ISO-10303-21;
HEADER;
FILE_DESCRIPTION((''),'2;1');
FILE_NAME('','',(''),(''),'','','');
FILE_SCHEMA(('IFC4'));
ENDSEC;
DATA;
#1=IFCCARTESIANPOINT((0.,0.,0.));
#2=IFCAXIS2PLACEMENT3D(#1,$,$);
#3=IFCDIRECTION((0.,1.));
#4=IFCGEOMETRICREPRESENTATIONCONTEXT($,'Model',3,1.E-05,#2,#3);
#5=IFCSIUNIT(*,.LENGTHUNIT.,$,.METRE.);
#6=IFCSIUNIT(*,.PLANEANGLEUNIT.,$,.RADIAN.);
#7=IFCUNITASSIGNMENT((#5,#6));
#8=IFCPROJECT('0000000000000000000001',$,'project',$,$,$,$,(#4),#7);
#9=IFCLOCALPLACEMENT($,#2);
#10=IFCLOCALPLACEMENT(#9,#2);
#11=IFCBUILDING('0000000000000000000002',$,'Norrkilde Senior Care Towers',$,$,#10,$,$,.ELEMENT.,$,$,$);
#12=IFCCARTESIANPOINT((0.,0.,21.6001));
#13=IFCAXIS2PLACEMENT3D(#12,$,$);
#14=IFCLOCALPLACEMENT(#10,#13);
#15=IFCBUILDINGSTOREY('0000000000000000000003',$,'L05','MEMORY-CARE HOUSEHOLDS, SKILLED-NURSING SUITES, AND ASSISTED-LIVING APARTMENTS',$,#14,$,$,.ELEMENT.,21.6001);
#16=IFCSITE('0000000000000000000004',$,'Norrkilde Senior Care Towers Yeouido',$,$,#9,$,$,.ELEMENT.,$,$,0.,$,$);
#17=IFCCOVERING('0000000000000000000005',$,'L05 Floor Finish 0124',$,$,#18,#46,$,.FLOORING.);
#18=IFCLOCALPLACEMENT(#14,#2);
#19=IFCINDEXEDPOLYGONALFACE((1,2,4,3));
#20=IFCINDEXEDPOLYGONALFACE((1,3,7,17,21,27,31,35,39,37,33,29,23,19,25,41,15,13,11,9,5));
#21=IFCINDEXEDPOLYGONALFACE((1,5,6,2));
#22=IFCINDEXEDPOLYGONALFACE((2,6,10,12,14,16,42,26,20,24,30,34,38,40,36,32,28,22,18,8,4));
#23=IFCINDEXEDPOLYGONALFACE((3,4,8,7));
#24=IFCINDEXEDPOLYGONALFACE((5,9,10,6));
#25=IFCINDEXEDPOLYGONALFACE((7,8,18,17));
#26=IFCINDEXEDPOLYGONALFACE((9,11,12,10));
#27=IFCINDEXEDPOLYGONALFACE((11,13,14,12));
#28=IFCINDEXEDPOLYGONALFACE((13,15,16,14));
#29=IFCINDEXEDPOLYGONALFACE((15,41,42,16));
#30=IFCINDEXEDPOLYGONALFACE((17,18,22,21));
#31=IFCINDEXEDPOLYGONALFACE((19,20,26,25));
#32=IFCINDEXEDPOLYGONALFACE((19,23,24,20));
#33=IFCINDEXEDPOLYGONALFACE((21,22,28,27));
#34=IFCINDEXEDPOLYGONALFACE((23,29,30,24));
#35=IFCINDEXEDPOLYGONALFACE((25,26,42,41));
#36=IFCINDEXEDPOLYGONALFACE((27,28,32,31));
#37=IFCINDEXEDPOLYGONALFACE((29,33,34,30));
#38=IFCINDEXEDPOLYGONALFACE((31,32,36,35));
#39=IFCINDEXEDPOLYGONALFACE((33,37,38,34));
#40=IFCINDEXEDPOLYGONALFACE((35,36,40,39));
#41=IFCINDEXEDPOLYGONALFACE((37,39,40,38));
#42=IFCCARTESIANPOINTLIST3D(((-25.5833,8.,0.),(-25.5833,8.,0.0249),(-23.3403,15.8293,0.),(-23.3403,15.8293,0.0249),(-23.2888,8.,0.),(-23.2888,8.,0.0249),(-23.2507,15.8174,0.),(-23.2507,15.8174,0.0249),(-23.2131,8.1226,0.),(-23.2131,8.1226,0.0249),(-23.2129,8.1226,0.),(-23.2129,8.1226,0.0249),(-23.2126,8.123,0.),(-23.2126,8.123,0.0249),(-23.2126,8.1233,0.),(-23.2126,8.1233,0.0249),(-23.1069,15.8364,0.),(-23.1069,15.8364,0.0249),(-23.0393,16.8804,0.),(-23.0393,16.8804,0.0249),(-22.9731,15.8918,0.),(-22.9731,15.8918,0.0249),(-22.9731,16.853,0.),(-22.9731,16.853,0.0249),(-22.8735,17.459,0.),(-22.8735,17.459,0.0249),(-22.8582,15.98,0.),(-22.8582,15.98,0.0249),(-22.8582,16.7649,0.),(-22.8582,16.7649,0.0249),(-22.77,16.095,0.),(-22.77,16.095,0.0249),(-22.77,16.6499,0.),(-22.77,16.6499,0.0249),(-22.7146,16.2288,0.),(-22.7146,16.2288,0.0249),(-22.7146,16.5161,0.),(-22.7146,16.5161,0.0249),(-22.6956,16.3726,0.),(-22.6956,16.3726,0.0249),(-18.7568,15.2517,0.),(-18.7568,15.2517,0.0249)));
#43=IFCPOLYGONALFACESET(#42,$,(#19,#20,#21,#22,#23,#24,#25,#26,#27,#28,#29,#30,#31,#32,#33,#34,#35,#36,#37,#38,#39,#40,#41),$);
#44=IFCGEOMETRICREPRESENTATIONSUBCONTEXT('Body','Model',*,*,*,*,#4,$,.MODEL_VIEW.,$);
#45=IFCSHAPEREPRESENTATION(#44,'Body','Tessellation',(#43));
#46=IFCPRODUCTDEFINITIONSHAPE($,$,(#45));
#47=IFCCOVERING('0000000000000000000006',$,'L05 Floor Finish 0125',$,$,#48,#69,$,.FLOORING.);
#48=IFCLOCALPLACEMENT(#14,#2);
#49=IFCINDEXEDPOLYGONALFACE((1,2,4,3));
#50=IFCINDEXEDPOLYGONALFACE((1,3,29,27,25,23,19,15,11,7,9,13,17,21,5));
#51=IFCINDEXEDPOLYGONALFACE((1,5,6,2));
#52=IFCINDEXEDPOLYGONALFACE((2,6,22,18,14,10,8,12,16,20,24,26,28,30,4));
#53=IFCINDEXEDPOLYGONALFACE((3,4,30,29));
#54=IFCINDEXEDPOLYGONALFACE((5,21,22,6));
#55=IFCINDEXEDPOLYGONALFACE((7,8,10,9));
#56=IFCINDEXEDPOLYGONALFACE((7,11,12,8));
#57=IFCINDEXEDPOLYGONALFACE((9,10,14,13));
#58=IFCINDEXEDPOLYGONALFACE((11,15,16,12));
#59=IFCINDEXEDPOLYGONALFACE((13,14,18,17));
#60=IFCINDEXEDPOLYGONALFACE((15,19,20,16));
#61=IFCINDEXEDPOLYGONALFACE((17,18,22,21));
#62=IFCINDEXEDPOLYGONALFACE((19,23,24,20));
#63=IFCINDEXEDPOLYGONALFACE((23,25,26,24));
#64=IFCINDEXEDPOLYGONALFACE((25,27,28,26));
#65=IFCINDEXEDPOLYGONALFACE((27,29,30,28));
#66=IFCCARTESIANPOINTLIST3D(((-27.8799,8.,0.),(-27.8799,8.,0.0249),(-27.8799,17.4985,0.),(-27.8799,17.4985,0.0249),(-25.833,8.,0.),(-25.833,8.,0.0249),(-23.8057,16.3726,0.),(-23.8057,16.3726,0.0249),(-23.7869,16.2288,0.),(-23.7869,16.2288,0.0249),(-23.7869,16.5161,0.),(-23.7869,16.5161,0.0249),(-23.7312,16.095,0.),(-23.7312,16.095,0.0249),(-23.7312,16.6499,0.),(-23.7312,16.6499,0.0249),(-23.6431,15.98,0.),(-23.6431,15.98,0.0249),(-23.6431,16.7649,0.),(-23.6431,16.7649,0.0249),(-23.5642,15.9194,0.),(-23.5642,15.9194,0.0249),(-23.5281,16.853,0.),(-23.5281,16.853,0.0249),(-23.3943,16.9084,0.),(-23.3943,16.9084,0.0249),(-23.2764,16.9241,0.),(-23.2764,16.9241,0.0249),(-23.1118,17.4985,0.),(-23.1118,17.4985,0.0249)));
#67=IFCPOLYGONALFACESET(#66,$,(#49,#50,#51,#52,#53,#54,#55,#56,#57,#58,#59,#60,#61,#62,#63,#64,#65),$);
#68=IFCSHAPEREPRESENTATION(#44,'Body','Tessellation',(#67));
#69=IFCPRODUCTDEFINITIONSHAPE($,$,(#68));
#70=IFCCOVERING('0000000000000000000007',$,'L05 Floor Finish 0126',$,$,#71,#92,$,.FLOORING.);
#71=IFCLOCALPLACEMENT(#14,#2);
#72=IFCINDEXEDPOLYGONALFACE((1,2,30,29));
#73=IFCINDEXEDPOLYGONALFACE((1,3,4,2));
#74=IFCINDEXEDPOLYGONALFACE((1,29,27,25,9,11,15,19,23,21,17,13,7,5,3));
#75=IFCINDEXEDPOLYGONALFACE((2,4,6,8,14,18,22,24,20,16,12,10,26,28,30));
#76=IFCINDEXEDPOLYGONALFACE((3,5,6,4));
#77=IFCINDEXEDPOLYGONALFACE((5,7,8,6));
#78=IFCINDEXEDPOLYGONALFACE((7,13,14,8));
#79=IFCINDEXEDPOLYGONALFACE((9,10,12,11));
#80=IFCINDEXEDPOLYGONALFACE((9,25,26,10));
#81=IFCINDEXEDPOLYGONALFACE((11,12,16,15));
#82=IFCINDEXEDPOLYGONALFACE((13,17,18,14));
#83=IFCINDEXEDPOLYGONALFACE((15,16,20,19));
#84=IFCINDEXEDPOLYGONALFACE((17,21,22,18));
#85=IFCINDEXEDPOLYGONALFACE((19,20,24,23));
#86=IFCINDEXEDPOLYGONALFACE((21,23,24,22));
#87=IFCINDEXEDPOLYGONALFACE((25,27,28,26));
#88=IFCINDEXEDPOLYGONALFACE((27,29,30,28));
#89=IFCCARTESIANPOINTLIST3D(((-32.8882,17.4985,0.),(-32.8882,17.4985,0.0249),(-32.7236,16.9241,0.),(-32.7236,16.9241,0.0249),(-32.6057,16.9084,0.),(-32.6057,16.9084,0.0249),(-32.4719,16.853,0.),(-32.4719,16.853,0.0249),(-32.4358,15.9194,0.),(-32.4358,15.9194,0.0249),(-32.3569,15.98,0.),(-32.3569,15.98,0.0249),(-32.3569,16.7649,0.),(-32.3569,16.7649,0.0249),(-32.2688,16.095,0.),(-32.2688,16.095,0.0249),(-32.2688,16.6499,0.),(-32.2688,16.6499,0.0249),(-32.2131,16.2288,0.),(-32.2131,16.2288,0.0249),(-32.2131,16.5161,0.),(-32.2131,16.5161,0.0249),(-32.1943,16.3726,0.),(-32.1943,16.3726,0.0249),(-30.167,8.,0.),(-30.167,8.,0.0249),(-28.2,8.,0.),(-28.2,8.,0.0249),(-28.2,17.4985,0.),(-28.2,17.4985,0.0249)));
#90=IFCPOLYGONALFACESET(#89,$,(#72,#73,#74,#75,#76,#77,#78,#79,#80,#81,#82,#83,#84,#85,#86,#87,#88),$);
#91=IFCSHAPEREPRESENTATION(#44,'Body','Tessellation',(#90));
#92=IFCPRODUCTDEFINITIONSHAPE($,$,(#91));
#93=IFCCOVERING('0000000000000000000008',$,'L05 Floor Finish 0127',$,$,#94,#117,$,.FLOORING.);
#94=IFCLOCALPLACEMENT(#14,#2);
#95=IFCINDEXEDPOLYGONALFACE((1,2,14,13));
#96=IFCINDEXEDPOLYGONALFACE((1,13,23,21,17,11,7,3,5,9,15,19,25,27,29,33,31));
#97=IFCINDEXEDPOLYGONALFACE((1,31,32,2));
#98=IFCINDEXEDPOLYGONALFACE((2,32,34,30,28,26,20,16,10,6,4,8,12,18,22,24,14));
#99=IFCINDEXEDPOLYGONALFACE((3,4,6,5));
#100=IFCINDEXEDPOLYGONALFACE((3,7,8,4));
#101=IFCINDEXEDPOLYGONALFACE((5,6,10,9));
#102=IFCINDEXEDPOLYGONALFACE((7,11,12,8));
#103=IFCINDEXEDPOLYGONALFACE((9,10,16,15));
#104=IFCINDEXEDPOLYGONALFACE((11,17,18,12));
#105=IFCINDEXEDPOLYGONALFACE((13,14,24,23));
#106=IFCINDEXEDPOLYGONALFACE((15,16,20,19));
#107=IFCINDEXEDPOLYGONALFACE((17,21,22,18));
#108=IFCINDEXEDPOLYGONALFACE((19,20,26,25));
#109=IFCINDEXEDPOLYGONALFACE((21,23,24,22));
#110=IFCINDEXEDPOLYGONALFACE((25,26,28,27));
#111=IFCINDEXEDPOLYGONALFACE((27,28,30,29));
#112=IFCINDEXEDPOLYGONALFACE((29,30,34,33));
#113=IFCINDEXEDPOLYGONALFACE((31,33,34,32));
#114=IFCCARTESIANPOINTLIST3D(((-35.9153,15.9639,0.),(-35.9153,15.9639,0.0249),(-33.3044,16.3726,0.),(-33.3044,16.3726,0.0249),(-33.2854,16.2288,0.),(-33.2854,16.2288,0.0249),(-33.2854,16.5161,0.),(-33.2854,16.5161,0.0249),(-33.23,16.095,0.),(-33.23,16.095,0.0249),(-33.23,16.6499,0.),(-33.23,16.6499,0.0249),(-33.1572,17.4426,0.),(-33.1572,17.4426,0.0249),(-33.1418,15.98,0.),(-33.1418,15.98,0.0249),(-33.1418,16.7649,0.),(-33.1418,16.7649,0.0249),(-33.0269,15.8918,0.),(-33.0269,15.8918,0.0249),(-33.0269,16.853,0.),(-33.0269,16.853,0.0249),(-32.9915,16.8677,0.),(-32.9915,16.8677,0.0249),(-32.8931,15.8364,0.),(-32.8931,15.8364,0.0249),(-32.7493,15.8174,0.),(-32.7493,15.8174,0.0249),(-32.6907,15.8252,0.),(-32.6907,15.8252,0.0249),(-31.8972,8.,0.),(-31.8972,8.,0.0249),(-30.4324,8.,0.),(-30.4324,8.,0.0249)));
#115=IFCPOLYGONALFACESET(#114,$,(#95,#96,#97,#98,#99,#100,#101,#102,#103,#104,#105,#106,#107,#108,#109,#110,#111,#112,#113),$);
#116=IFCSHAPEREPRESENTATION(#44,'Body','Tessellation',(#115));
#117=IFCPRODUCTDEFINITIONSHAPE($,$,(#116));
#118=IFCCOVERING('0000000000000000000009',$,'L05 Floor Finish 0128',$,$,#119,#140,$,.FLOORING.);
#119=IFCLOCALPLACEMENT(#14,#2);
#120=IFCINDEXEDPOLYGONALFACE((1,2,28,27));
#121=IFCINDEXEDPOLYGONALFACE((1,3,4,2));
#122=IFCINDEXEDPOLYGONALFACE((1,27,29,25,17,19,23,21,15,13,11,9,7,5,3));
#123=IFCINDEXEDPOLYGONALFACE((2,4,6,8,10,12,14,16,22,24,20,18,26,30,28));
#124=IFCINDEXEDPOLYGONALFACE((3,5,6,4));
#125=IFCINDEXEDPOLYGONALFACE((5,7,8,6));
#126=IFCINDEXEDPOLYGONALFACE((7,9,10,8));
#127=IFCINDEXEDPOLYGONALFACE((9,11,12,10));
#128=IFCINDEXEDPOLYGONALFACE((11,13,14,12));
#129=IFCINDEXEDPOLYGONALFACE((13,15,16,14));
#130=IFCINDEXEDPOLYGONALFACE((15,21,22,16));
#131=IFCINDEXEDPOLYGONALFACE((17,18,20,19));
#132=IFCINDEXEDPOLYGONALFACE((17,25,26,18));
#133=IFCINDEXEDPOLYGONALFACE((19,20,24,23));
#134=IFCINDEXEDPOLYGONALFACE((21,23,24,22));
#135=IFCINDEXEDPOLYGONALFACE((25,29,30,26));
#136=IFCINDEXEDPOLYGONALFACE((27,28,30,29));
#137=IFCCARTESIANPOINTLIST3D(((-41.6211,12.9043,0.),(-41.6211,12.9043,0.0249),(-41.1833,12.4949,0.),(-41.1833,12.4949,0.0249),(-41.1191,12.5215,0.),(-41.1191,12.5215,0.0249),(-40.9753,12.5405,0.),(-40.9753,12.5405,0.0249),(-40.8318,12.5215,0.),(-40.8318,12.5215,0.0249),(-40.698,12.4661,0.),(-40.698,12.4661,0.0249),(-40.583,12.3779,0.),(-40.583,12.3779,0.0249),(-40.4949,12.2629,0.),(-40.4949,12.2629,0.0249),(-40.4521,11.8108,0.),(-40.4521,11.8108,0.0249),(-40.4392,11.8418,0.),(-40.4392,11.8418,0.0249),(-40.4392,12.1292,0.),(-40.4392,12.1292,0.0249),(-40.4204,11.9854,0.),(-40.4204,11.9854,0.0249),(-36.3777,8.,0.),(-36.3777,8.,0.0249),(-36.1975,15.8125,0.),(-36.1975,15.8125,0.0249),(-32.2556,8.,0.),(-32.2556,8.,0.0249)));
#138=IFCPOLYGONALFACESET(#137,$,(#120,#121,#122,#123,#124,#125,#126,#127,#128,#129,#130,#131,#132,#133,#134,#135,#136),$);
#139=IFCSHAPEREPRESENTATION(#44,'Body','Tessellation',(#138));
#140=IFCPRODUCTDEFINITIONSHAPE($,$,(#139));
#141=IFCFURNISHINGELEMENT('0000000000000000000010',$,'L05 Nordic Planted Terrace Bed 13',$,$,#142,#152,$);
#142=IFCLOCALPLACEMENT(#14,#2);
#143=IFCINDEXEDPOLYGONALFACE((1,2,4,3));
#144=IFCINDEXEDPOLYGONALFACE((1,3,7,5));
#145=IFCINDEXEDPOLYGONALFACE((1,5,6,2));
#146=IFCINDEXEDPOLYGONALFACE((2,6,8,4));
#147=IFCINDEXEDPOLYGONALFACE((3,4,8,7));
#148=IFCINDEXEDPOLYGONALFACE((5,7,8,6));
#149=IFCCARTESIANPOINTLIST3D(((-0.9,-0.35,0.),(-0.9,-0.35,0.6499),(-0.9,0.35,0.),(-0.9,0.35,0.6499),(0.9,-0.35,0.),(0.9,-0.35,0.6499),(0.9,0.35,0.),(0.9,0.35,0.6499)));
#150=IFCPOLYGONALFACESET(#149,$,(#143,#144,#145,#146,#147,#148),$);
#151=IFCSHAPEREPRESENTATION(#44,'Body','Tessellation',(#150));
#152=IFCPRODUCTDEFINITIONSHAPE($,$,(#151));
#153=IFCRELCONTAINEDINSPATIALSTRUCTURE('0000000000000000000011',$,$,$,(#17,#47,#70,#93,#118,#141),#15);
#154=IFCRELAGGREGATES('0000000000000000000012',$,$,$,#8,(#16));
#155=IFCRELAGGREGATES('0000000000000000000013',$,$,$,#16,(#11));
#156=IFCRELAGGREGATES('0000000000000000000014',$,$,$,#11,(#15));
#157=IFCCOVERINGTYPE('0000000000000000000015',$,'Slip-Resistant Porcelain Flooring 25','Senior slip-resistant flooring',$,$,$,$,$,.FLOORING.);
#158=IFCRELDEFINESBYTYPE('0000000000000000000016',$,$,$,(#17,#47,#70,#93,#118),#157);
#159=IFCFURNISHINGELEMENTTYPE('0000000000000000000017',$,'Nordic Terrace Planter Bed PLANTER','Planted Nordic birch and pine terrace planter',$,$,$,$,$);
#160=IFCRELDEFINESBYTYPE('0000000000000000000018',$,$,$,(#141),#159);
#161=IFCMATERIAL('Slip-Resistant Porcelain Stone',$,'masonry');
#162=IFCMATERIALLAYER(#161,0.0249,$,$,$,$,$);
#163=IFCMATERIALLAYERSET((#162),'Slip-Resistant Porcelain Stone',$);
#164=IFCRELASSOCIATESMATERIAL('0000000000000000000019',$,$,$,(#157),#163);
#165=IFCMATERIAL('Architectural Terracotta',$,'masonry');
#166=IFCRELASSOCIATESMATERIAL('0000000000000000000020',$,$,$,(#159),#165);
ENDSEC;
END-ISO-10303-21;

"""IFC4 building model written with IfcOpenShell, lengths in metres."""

from ifc_helpers import new_model, si_unit, direction, frame, origin, origin_with_axes, origin_2d, place, context, subcontext, project, spatial, polyline, rectangle, outline, extrude, source, transform, mapped, material, layer, layer_set, type_object, type_shapes, element, save


model = new_model("IFC4")

# Units and contexts
model_context = context("Model", 3, precision=1e-05, world=origin(), true_north=direction((0.0, 1.0)))
body_context = subcontext(model_context, "Body", "Model", "MODEL_VIEW")
ifc_project = project(units=[si_unit("LENGTHUNIT", "METRE"), si_unit("PLANEANGLEUNIT", "RADIAN")], contexts=[model_context])

# Site, building, storey
site_placement = place(None, origin())
site = spatial("IfcSite", under=ifc_project, at=site_placement, Name="Norrkilde Senior Care Towers Yeouido", CompositionType="ELEMENT", RefElevation=0.0)
building_placement = place(site_placement, origin())
building = spatial("IfcBuilding", under=site, at=building_placement, Name="Norrkilde Senior Care Towers", CompositionType="ELEMENT")
storey_placement = place(building_placement, frame((0.0, 0.0, 21.6001)))
storey = spatial("IfcBuildingStorey", under=building, at=storey_placement, Name="L05", Description="MEMORY-CARE HOUSEHOLDS, SKILLED-NURSING SUITES, AND ASSISTED-LIVING APARTMENTS", CompositionType="ELEMENT", Elevation=21.6001)

# Coverings
ifc_material_1 = material(Name="Slip-Resistant Porcelain Stone", Category="masonry")
ifc_layer_1 = layer(ifc_material_1, 0.0249)
ifc_layer_set_1 = layer_set([ifc_layer_1], Name="Slip-Resistant Porcelain Stone")
covering_type_1 = type_object("IfcCoveringType", Name="Slip-Resistant Porcelain Flooring 25", Description="Senior slip-resistant flooring", PredefinedType="FLOORING", material=ifc_layer_set_1)
covering_1_placement = place(storey_placement, origin())
element("IfcCovering", 1, at=covering_1_placement, inside=storey, type_object=covering_type_1, Name="L05 Floor Finish 0124", PredefinedType="FLOORING", context=body_context, shape_type="SweptSolid", body=[
    extrude(outline(polyline([(-23.2131, 8.1226), (-23.2888, 8.0), (-25.5833, 8.0), (-23.3403, 15.8293), (-23.2507, 15.8174), (-23.1069, 15.8364), (-22.9731, 15.8918), (-22.8582, 15.98), (-22.77, 16.095), (-22.7146, 16.2288), (-22.6956, 16.3726), (-22.7146, 16.5161), (-22.77, 16.6499), (-22.8582, 16.7649), (-22.9731, 16.853), (-23.0393, 16.8804), (-22.8735, 17.459), (-18.7568, 15.2517), (-23.2126, 8.1233), (-23.2126, 8.123), (-23.2129, 8.1226), (-23.2131, 8.1226)])), origin(), (0.0, 0.0, 1.0), 0.0249),
])
covering_2_placement = place(storey_placement, origin())
element("IfcCovering", 2, at=covering_2_placement, inside=storey, type_object=covering_type_1, Name="L05 Floor Finish 0125", PredefinedType="FLOORING", context=body_context, shape_type="SweptSolid", body=[
    extrude(outline(polyline([(-23.2764, 16.9241), (-23.3943, 16.9084), (-23.5281, 16.853), (-23.6431, 16.7649), (-23.7312, 16.6499), (-23.7869, 16.5161), (-23.8057, 16.3726), (-23.7869, 16.2288), (-23.7312, 16.095), (-23.6431, 15.98), (-23.5642, 15.9194), (-25.833, 8.0), (-27.8799, 8.0), (-27.8799, 17.4985), (-23.1118, 17.4985), (-23.2764, 16.9241)])), origin(), (0.0, 0.0, 1.0), 0.0249),
])
covering_3_placement = place(storey_placement, origin())
element("IfcCovering", 3, at=covering_3_placement, inside=storey, type_object=covering_type_1, Name="L05 Floor Finish 0126", PredefinedType="FLOORING", context=body_context, shape_type="SweptSolid", body=[
    extrude(outline(polyline([(-28.2, 17.4985), (-28.2, 8.0), (-30.167, 8.0), (-32.4358, 15.9194), (-32.3569, 15.98), (-32.2688, 16.095), (-32.2131, 16.2288), (-32.1943, 16.3726), (-32.2131, 16.5161), (-32.2688, 16.6499), (-32.3569, 16.7649), (-32.4719, 16.853), (-32.6057, 16.9084), (-32.7236, 16.9241), (-32.8882, 17.4985), (-28.2, 17.4985)])), origin(), (0.0, 0.0, 1.0), 0.0249),
])
covering_4_placement = place(storey_placement, origin())
element("IfcCovering", 4, at=covering_4_placement, inside=storey, type_object=covering_type_1, Name="L05 Floor Finish 0127", PredefinedType="FLOORING", context=body_context, shape_type="SweptSolid", body=[
    extrude(outline(polyline([(-32.9915, 16.8677), (-33.0269, 16.853), (-33.1418, 16.7649), (-33.23, 16.6499), (-33.2854, 16.5161), (-33.3044, 16.3726), (-33.2854, 16.2288), (-33.23, 16.095), (-33.1418, 15.98), (-33.0269, 15.8918), (-32.8931, 15.8364), (-32.7493, 15.8174), (-32.6907, 15.8252), (-30.4324, 8.0), (-31.8972, 8.0), (-35.9153, 15.9639), (-33.1572, 17.4426), (-32.9915, 16.8677)])), origin(), (0.0, 0.0, 1.0), 0.0249),
])
covering_5_placement = place(storey_placement, origin())
element("IfcCovering", 5, at=covering_5_placement, inside=storey, type_object=covering_type_1, Name="L05 Floor Finish 0128", PredefinedType="FLOORING", context=body_context, shape_type="SweptSolid", body=[
    extrude(outline(polyline([(-36.1975, 15.8125), (-32.2556, 8.0), (-36.3777, 8.0), (-40.4521, 11.8108), (-40.4392, 11.8418), (-40.4204, 11.9854), (-40.4392, 12.1292), (-40.4949, 12.2629), (-40.583, 12.3779), (-40.698, 12.4661), (-40.8318, 12.5215), (-40.9753, 12.5405), (-41.1191, 12.5215), (-41.1833, 12.4949), (-41.6211, 12.9043), (-36.1975, 15.8125)])), origin(), (0.0, 0.0, 1.0), 0.0249),
])

# Furnishing element
ifc_material_2 = material(Name="Architectural Terracotta", Category="masonry")
furnishing_element_type = type_object("IfcFurnishingElementType", Name="Nordic Terrace Planter Bed PLANTER", Description="Planted Nordic birch and pine terrace planter", material=ifc_material_2)
shared_shape_1 = source(origin(), body_context, "Body", "SweptSolid", [
    extrude(rectangle(XDim=1.8, YDim=0.7, at=origin_2d()), origin(), (0.0, 0.0, 1.0), 0.6499),
])
type_shapes(furnishing_element_type, [shared_shape_1])
furnishing_placement = place(storey_placement, origin_with_axes())
element("IfcFurnishingElement", 6, at=furnishing_placement, inside=storey, type_object=furnishing_element_type, Name="L05 Nordic Planted Terrace Bed 13", context=body_context, shape_type="MappedRepresentation", body=[
    mapped(shared_shape_1, transform((0.0, 0.0, 0.0), x_axis=(1.0, 0.0, 0.0), y_axis=(0.0, 1.0, 0.0), z_axis=(0.0, 0.0, 1.0), scale=1.0)),
])

save(model, "model.ifc")
